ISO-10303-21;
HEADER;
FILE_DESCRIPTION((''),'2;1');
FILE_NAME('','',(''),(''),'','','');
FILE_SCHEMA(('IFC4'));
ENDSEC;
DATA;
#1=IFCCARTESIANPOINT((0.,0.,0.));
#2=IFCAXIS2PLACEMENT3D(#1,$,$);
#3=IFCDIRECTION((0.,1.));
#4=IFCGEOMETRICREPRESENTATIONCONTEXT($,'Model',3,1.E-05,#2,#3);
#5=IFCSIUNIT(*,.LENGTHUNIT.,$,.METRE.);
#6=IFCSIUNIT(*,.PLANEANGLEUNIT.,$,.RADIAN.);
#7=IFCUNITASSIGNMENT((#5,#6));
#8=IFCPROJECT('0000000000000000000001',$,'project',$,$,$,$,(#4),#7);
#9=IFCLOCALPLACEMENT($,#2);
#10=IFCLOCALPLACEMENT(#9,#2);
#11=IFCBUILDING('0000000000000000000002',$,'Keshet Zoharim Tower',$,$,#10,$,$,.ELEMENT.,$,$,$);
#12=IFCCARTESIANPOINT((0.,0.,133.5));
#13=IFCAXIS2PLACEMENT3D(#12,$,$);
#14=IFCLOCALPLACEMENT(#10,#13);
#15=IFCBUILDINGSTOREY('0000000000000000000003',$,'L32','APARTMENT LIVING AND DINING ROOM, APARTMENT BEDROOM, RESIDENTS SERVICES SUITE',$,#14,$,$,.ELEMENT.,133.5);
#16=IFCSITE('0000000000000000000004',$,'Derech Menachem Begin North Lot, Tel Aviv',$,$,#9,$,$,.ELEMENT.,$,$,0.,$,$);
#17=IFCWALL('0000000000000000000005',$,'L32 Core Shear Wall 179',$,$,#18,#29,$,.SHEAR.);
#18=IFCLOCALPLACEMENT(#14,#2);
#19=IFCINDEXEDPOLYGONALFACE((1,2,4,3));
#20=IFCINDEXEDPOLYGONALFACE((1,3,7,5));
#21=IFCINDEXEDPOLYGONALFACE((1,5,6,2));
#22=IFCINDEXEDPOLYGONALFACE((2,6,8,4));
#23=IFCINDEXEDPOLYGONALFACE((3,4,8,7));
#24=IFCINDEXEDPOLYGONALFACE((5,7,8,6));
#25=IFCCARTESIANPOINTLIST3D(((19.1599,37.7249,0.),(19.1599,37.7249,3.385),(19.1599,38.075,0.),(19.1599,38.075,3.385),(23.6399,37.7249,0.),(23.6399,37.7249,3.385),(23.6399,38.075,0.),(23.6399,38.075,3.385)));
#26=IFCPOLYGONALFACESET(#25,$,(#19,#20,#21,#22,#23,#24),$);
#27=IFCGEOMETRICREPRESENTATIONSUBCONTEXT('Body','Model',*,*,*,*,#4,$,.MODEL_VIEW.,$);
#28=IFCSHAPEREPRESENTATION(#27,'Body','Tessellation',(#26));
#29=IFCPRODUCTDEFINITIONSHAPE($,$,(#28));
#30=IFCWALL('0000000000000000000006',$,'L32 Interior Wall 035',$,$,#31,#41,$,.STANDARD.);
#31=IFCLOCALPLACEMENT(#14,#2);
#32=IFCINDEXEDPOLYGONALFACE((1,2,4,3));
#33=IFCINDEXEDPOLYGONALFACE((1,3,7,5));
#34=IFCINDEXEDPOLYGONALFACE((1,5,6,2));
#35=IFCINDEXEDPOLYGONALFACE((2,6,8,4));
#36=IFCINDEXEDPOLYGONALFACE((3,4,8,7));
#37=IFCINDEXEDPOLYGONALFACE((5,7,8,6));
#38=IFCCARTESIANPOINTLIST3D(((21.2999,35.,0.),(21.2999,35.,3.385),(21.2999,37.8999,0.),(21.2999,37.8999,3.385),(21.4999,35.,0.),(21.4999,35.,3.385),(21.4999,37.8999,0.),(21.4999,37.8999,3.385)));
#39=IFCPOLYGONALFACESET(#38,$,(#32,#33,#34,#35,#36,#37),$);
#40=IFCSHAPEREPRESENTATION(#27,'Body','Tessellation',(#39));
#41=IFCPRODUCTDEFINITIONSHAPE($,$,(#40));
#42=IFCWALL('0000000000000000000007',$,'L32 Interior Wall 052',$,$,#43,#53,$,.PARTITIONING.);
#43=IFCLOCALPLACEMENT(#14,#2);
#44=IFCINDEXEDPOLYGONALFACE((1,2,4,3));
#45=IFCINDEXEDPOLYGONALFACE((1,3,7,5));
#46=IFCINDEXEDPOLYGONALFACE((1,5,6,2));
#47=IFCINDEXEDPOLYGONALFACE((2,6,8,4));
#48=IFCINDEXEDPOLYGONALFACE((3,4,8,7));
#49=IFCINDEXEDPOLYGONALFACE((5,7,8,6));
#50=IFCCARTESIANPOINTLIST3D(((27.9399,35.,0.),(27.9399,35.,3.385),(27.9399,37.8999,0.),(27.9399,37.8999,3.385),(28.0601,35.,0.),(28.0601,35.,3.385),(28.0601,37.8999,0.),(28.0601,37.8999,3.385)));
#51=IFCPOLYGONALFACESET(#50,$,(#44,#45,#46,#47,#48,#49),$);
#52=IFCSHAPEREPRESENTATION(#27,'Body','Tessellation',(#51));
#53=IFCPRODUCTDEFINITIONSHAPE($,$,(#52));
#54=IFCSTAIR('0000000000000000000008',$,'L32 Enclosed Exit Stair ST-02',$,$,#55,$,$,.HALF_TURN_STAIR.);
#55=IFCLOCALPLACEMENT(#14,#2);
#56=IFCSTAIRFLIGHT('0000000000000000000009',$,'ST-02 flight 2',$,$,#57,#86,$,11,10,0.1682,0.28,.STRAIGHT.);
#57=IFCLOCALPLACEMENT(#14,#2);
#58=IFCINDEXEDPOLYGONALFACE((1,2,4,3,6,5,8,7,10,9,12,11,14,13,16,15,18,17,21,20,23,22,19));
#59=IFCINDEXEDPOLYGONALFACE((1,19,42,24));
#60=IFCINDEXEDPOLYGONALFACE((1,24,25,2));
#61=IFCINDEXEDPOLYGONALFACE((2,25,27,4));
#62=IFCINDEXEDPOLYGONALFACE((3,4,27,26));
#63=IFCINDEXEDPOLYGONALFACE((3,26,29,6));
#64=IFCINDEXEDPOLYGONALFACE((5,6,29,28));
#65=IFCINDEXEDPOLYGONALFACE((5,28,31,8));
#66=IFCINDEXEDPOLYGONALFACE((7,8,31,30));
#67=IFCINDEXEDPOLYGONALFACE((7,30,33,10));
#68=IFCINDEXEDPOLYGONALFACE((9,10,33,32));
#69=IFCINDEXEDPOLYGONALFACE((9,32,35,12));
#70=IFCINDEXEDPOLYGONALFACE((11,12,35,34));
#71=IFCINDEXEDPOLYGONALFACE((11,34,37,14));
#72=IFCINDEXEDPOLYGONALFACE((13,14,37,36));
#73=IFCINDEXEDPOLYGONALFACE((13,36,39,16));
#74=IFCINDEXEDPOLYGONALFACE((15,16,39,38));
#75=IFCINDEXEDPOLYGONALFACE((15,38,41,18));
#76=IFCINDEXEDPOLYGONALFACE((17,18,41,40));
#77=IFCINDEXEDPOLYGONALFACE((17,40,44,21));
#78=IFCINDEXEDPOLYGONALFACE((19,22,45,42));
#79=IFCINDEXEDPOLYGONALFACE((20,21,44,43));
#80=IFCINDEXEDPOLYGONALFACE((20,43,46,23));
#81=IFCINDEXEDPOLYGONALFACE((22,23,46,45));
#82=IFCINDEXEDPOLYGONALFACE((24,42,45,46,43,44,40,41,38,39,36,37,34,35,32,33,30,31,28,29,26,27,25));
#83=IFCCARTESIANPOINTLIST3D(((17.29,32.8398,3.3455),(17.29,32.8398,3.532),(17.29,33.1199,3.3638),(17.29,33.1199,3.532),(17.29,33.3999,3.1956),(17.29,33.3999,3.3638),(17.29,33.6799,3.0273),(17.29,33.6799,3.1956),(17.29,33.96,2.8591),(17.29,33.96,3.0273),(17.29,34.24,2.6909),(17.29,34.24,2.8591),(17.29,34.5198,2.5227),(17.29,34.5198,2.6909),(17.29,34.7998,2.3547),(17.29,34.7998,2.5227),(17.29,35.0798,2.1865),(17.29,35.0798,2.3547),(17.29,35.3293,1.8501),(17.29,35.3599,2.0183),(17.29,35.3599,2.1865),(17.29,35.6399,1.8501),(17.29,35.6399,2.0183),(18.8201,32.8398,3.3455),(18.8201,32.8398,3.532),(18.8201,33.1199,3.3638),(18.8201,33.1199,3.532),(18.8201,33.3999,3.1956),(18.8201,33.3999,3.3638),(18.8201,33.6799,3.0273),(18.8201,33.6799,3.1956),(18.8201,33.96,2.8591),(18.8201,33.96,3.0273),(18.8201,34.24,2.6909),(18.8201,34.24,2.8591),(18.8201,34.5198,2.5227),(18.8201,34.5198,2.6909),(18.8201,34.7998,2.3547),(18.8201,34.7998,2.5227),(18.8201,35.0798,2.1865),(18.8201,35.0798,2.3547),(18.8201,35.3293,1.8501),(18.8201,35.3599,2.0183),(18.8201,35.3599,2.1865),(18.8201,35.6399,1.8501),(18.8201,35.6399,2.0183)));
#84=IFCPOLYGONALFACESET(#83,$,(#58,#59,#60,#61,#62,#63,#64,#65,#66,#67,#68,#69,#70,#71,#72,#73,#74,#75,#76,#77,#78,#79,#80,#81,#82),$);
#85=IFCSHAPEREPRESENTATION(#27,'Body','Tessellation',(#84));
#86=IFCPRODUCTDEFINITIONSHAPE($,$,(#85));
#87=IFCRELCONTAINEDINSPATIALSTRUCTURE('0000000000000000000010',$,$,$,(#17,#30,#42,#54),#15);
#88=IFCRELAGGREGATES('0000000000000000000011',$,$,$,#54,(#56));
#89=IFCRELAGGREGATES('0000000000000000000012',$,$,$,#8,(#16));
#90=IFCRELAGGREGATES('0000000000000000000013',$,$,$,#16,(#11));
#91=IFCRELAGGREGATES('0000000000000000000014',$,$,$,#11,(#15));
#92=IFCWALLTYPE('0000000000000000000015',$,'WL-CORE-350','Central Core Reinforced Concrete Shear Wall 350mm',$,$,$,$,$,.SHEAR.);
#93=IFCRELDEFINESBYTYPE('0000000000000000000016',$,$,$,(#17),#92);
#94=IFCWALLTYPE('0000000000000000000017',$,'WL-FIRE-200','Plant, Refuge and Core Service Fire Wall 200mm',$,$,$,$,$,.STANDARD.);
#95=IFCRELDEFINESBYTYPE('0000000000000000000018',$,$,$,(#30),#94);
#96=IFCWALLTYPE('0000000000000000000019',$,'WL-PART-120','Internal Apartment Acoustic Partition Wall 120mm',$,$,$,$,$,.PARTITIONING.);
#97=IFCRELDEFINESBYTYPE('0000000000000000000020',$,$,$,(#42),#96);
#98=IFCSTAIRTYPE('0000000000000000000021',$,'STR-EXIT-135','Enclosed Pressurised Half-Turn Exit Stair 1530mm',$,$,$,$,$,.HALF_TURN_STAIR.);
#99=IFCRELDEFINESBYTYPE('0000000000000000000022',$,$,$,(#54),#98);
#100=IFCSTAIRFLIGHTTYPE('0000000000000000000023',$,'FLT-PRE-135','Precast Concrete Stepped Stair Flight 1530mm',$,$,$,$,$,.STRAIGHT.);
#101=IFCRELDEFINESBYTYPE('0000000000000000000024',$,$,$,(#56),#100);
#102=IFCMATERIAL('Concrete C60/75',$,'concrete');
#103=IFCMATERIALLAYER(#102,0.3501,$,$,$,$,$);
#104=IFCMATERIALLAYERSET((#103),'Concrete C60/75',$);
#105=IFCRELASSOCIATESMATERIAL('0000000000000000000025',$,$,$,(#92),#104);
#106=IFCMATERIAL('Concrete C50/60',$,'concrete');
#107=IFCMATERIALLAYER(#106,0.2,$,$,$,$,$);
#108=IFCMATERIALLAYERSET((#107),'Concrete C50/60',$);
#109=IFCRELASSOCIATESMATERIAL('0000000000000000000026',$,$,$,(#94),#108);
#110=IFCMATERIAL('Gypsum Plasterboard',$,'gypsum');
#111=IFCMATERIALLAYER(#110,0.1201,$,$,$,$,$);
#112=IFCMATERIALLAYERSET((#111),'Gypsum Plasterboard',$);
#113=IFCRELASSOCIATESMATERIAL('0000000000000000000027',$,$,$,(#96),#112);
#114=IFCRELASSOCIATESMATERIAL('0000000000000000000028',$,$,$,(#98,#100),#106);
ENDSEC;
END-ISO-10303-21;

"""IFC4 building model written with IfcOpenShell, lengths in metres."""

from ifc_helpers import new_model, si_unit, direction, frame, frame_2d, origin, place, context, subcontext, project, spatial, polyline, rectangle, outline, extrude, material, layer, layer_set, type_object, element, aggregate, save


model = new_model("IFC4")

# Units and contexts
model_context = context("Model", 3, precision=1e-05, world=origin(), true_north=direction((0.0, 1.0)))
body_context = subcontext(model_context, "Body", "Model", "MODEL_VIEW")
ifc_project = project(units=[si_unit("LENGTHUNIT", "METRE"), si_unit("PLANEANGLEUNIT", "RADIAN")], contexts=[model_context])

# Site, building, storey
site_placement = place(None, origin())
site = spatial("IfcSite", under=ifc_project, at=site_placement, Name="Derech Menachem Begin North Lot, Tel Aviv", CompositionType="ELEMENT", RefElevation=0.0)
building_placement = place(site_placement, origin())
building = spatial("IfcBuilding", under=site, at=building_placement, Name="Keshet Zoharim Tower", CompositionType="ELEMENT")
storey_placement = place(building_placement, frame((0.0, 0.0, 133.5)))
storey = spatial("IfcBuildingStorey", under=building, at=storey_placement, Name="L32", Description="APARTMENT LIVING AND DINING ROOM, APARTMENT BEDROOM, RESIDENTS SERVICES SUITE", CompositionType="ELEMENT", Elevation=133.5)

# Shared definitions
ifc_material_1 = material(Name="Concrete C60/75", Category="concrete")
ifc_layer_1 = layer(ifc_material_1, 0.3501)
ifc_layer_set_1 = layer_set([ifc_layer_1], Name="Concrete C60/75")
wall_type_1 = type_object("IfcWallType", Name="WL-CORE-350", Description="Central Core Reinforced Concrete Shear Wall 350mm", PredefinedType="SHEAR", material=ifc_layer_set_1)

# Walls
wall_1_placement = place(storey_placement, frame((19.1599, 37.8999, 0.0), z_axis=(0.0, 0.0, 1.0), x_axis=(1.0, 0.0, 0.0)))
element("IfcWall", 1, at=wall_1_placement, inside=storey, type_object=wall_type_1, Name="L32 Core Shear Wall 179", PredefinedType="SHEAR", context=body_context, shape_type="SweptSolid", body=[
    extrude(rectangle(XDim=4.48, YDim=0.3501, at=frame_2d((2.24, 0.0))), origin(), (0.0, 0.0, 1.0), 3.385),
])
ifc_material_2 = material(Name="Concrete C50/60", Category="concrete")
ifc_layer_2 = layer(ifc_material_2, 0.2)
ifc_layer_set_2 = layer_set([ifc_layer_2], Name="Concrete C50/60")
wall_type_2 = type_object("IfcWallType", Name="WL-FIRE-200", Description="Plant, Refuge and Core Service Fire Wall 200mm", PredefinedType="STANDARD", material=ifc_layer_set_2)
wall_2_placement = place(storey_placement, frame((21.3999, 35.0, 0.0), z_axis=(0.0, 0.0, 1.0), x_axis=(0.0, 1.0, 0.0)))
element("IfcWall", 2, at=wall_2_placement, inside=storey, type_object=wall_type_2, Name="L32 Interior Wall 035", PredefinedType="STANDARD", context=body_context, shape_type="SweptSolid", body=[
    extrude(rectangle(XDim=2.8999, YDim=0.2, at=frame_2d((1.45, 0.0))), origin(), (0.0, 0.0, 1.0), 3.385),
])
ifc_material_3 = material(Name="Gypsum Plasterboard", Category="gypsum")
ifc_layer_3 = layer(ifc_material_3, 0.1201)
ifc_layer_set_3 = layer_set([ifc_layer_3], Name="Gypsum Plasterboard")
wall_type_3 = type_object("IfcWallType", Name="WL-PART-120", Description="Internal Apartment Acoustic Partition Wall 120mm", PredefinedType="PARTITIONING", material=ifc_layer_set_3)
wall_3_placement = place(storey_placement, frame((28.0, 35.0, 0.0), z_axis=(0.0, 0.0, 1.0), x_axis=(0.0, 1.0, 0.0)))
element("IfcWall", 3, at=wall_3_placement, inside=storey, type_object=wall_type_3, Name="L32 Interior Wall 052", PredefinedType="PARTITIONING", context=body_context, shape_type="SweptSolid", body=[
    extrude(rectangle(XDim=2.8999, YDim=0.1201, at=frame_2d((1.45, 0.0))), origin(), (0.0, 0.0, 1.0), 3.385),
])

# Stair, stair flight
stair_type = type_object("IfcStairType", Name="STR-EXIT-135", Description="Enclosed Pressurised Half-Turn Exit Stair 1530mm", PredefinedType="HALF_TURN_STAIR", material=ifc_material_2)
stair_placement = place(storey_placement, origin())
stair = element("IfcStair", 4, at=stair_placement, inside=storey, type_object=stair_type, Name="L32 Enclosed Exit Stair ST-02", PredefinedType="HALF_TURN_STAIR")
stair_flight_type = type_object("IfcStairFlightType", Name="FLT-PRE-135", Description="Precast Concrete Stepped Stair Flight 1530mm", PredefinedType="STRAIGHT", material=ifc_material_2)
stair_flight_placement = place(storey_placement, frame((18.0549, 35.6399, 1.8501), z_axis=(0.0, 0.0, 1.0), x_axis=(0.0, -1.0, 0.0)))
stair_flight = element("IfcStairFlight", 5, at=stair_flight_placement, type_object=stair_flight_type, Name="ST-02 flight 2", NumberOfRisers=11, NumberOfTreads=10, PredefinedType="STRAIGHT", RiserHeight=0.1682, TreadLength=0.28, context=body_context, shape_type="SweptSolid", body=[
    extrude(outline(polyline([(0.0, 0.0), (0.0, 0.1682), (0.28, 0.1682), (0.28, 0.3364), (0.5601, 0.3364), (0.5601, 0.5046), (0.8401, 0.5046), (0.8401, 0.6726), (1.1201, 0.6726), (1.1201, 0.8408), (1.3999, 0.8408), (1.3999, 1.009), (1.6799, 1.009), (1.6799, 1.1772), (1.96, 1.1772), (1.96, 1.3455), (2.24, 1.3455), (2.24, 1.5137), (2.52, 1.5137), (2.52, 1.6819), (2.8, 1.6819), (2.8, 1.8501), (2.8, 1.4954), (0.3105, 0.0), (0.0, 0.0)])), frame((0.0, 0.7651, 0.0), z_axis=(0.0, -1.0, 0.0), x_axis=(1.0, 0.0, 0.0)), (0.0, 0.0, 1.0), 1.53),
])
aggregate(stair, [stair_flight])

save(model, "model.ifc")
